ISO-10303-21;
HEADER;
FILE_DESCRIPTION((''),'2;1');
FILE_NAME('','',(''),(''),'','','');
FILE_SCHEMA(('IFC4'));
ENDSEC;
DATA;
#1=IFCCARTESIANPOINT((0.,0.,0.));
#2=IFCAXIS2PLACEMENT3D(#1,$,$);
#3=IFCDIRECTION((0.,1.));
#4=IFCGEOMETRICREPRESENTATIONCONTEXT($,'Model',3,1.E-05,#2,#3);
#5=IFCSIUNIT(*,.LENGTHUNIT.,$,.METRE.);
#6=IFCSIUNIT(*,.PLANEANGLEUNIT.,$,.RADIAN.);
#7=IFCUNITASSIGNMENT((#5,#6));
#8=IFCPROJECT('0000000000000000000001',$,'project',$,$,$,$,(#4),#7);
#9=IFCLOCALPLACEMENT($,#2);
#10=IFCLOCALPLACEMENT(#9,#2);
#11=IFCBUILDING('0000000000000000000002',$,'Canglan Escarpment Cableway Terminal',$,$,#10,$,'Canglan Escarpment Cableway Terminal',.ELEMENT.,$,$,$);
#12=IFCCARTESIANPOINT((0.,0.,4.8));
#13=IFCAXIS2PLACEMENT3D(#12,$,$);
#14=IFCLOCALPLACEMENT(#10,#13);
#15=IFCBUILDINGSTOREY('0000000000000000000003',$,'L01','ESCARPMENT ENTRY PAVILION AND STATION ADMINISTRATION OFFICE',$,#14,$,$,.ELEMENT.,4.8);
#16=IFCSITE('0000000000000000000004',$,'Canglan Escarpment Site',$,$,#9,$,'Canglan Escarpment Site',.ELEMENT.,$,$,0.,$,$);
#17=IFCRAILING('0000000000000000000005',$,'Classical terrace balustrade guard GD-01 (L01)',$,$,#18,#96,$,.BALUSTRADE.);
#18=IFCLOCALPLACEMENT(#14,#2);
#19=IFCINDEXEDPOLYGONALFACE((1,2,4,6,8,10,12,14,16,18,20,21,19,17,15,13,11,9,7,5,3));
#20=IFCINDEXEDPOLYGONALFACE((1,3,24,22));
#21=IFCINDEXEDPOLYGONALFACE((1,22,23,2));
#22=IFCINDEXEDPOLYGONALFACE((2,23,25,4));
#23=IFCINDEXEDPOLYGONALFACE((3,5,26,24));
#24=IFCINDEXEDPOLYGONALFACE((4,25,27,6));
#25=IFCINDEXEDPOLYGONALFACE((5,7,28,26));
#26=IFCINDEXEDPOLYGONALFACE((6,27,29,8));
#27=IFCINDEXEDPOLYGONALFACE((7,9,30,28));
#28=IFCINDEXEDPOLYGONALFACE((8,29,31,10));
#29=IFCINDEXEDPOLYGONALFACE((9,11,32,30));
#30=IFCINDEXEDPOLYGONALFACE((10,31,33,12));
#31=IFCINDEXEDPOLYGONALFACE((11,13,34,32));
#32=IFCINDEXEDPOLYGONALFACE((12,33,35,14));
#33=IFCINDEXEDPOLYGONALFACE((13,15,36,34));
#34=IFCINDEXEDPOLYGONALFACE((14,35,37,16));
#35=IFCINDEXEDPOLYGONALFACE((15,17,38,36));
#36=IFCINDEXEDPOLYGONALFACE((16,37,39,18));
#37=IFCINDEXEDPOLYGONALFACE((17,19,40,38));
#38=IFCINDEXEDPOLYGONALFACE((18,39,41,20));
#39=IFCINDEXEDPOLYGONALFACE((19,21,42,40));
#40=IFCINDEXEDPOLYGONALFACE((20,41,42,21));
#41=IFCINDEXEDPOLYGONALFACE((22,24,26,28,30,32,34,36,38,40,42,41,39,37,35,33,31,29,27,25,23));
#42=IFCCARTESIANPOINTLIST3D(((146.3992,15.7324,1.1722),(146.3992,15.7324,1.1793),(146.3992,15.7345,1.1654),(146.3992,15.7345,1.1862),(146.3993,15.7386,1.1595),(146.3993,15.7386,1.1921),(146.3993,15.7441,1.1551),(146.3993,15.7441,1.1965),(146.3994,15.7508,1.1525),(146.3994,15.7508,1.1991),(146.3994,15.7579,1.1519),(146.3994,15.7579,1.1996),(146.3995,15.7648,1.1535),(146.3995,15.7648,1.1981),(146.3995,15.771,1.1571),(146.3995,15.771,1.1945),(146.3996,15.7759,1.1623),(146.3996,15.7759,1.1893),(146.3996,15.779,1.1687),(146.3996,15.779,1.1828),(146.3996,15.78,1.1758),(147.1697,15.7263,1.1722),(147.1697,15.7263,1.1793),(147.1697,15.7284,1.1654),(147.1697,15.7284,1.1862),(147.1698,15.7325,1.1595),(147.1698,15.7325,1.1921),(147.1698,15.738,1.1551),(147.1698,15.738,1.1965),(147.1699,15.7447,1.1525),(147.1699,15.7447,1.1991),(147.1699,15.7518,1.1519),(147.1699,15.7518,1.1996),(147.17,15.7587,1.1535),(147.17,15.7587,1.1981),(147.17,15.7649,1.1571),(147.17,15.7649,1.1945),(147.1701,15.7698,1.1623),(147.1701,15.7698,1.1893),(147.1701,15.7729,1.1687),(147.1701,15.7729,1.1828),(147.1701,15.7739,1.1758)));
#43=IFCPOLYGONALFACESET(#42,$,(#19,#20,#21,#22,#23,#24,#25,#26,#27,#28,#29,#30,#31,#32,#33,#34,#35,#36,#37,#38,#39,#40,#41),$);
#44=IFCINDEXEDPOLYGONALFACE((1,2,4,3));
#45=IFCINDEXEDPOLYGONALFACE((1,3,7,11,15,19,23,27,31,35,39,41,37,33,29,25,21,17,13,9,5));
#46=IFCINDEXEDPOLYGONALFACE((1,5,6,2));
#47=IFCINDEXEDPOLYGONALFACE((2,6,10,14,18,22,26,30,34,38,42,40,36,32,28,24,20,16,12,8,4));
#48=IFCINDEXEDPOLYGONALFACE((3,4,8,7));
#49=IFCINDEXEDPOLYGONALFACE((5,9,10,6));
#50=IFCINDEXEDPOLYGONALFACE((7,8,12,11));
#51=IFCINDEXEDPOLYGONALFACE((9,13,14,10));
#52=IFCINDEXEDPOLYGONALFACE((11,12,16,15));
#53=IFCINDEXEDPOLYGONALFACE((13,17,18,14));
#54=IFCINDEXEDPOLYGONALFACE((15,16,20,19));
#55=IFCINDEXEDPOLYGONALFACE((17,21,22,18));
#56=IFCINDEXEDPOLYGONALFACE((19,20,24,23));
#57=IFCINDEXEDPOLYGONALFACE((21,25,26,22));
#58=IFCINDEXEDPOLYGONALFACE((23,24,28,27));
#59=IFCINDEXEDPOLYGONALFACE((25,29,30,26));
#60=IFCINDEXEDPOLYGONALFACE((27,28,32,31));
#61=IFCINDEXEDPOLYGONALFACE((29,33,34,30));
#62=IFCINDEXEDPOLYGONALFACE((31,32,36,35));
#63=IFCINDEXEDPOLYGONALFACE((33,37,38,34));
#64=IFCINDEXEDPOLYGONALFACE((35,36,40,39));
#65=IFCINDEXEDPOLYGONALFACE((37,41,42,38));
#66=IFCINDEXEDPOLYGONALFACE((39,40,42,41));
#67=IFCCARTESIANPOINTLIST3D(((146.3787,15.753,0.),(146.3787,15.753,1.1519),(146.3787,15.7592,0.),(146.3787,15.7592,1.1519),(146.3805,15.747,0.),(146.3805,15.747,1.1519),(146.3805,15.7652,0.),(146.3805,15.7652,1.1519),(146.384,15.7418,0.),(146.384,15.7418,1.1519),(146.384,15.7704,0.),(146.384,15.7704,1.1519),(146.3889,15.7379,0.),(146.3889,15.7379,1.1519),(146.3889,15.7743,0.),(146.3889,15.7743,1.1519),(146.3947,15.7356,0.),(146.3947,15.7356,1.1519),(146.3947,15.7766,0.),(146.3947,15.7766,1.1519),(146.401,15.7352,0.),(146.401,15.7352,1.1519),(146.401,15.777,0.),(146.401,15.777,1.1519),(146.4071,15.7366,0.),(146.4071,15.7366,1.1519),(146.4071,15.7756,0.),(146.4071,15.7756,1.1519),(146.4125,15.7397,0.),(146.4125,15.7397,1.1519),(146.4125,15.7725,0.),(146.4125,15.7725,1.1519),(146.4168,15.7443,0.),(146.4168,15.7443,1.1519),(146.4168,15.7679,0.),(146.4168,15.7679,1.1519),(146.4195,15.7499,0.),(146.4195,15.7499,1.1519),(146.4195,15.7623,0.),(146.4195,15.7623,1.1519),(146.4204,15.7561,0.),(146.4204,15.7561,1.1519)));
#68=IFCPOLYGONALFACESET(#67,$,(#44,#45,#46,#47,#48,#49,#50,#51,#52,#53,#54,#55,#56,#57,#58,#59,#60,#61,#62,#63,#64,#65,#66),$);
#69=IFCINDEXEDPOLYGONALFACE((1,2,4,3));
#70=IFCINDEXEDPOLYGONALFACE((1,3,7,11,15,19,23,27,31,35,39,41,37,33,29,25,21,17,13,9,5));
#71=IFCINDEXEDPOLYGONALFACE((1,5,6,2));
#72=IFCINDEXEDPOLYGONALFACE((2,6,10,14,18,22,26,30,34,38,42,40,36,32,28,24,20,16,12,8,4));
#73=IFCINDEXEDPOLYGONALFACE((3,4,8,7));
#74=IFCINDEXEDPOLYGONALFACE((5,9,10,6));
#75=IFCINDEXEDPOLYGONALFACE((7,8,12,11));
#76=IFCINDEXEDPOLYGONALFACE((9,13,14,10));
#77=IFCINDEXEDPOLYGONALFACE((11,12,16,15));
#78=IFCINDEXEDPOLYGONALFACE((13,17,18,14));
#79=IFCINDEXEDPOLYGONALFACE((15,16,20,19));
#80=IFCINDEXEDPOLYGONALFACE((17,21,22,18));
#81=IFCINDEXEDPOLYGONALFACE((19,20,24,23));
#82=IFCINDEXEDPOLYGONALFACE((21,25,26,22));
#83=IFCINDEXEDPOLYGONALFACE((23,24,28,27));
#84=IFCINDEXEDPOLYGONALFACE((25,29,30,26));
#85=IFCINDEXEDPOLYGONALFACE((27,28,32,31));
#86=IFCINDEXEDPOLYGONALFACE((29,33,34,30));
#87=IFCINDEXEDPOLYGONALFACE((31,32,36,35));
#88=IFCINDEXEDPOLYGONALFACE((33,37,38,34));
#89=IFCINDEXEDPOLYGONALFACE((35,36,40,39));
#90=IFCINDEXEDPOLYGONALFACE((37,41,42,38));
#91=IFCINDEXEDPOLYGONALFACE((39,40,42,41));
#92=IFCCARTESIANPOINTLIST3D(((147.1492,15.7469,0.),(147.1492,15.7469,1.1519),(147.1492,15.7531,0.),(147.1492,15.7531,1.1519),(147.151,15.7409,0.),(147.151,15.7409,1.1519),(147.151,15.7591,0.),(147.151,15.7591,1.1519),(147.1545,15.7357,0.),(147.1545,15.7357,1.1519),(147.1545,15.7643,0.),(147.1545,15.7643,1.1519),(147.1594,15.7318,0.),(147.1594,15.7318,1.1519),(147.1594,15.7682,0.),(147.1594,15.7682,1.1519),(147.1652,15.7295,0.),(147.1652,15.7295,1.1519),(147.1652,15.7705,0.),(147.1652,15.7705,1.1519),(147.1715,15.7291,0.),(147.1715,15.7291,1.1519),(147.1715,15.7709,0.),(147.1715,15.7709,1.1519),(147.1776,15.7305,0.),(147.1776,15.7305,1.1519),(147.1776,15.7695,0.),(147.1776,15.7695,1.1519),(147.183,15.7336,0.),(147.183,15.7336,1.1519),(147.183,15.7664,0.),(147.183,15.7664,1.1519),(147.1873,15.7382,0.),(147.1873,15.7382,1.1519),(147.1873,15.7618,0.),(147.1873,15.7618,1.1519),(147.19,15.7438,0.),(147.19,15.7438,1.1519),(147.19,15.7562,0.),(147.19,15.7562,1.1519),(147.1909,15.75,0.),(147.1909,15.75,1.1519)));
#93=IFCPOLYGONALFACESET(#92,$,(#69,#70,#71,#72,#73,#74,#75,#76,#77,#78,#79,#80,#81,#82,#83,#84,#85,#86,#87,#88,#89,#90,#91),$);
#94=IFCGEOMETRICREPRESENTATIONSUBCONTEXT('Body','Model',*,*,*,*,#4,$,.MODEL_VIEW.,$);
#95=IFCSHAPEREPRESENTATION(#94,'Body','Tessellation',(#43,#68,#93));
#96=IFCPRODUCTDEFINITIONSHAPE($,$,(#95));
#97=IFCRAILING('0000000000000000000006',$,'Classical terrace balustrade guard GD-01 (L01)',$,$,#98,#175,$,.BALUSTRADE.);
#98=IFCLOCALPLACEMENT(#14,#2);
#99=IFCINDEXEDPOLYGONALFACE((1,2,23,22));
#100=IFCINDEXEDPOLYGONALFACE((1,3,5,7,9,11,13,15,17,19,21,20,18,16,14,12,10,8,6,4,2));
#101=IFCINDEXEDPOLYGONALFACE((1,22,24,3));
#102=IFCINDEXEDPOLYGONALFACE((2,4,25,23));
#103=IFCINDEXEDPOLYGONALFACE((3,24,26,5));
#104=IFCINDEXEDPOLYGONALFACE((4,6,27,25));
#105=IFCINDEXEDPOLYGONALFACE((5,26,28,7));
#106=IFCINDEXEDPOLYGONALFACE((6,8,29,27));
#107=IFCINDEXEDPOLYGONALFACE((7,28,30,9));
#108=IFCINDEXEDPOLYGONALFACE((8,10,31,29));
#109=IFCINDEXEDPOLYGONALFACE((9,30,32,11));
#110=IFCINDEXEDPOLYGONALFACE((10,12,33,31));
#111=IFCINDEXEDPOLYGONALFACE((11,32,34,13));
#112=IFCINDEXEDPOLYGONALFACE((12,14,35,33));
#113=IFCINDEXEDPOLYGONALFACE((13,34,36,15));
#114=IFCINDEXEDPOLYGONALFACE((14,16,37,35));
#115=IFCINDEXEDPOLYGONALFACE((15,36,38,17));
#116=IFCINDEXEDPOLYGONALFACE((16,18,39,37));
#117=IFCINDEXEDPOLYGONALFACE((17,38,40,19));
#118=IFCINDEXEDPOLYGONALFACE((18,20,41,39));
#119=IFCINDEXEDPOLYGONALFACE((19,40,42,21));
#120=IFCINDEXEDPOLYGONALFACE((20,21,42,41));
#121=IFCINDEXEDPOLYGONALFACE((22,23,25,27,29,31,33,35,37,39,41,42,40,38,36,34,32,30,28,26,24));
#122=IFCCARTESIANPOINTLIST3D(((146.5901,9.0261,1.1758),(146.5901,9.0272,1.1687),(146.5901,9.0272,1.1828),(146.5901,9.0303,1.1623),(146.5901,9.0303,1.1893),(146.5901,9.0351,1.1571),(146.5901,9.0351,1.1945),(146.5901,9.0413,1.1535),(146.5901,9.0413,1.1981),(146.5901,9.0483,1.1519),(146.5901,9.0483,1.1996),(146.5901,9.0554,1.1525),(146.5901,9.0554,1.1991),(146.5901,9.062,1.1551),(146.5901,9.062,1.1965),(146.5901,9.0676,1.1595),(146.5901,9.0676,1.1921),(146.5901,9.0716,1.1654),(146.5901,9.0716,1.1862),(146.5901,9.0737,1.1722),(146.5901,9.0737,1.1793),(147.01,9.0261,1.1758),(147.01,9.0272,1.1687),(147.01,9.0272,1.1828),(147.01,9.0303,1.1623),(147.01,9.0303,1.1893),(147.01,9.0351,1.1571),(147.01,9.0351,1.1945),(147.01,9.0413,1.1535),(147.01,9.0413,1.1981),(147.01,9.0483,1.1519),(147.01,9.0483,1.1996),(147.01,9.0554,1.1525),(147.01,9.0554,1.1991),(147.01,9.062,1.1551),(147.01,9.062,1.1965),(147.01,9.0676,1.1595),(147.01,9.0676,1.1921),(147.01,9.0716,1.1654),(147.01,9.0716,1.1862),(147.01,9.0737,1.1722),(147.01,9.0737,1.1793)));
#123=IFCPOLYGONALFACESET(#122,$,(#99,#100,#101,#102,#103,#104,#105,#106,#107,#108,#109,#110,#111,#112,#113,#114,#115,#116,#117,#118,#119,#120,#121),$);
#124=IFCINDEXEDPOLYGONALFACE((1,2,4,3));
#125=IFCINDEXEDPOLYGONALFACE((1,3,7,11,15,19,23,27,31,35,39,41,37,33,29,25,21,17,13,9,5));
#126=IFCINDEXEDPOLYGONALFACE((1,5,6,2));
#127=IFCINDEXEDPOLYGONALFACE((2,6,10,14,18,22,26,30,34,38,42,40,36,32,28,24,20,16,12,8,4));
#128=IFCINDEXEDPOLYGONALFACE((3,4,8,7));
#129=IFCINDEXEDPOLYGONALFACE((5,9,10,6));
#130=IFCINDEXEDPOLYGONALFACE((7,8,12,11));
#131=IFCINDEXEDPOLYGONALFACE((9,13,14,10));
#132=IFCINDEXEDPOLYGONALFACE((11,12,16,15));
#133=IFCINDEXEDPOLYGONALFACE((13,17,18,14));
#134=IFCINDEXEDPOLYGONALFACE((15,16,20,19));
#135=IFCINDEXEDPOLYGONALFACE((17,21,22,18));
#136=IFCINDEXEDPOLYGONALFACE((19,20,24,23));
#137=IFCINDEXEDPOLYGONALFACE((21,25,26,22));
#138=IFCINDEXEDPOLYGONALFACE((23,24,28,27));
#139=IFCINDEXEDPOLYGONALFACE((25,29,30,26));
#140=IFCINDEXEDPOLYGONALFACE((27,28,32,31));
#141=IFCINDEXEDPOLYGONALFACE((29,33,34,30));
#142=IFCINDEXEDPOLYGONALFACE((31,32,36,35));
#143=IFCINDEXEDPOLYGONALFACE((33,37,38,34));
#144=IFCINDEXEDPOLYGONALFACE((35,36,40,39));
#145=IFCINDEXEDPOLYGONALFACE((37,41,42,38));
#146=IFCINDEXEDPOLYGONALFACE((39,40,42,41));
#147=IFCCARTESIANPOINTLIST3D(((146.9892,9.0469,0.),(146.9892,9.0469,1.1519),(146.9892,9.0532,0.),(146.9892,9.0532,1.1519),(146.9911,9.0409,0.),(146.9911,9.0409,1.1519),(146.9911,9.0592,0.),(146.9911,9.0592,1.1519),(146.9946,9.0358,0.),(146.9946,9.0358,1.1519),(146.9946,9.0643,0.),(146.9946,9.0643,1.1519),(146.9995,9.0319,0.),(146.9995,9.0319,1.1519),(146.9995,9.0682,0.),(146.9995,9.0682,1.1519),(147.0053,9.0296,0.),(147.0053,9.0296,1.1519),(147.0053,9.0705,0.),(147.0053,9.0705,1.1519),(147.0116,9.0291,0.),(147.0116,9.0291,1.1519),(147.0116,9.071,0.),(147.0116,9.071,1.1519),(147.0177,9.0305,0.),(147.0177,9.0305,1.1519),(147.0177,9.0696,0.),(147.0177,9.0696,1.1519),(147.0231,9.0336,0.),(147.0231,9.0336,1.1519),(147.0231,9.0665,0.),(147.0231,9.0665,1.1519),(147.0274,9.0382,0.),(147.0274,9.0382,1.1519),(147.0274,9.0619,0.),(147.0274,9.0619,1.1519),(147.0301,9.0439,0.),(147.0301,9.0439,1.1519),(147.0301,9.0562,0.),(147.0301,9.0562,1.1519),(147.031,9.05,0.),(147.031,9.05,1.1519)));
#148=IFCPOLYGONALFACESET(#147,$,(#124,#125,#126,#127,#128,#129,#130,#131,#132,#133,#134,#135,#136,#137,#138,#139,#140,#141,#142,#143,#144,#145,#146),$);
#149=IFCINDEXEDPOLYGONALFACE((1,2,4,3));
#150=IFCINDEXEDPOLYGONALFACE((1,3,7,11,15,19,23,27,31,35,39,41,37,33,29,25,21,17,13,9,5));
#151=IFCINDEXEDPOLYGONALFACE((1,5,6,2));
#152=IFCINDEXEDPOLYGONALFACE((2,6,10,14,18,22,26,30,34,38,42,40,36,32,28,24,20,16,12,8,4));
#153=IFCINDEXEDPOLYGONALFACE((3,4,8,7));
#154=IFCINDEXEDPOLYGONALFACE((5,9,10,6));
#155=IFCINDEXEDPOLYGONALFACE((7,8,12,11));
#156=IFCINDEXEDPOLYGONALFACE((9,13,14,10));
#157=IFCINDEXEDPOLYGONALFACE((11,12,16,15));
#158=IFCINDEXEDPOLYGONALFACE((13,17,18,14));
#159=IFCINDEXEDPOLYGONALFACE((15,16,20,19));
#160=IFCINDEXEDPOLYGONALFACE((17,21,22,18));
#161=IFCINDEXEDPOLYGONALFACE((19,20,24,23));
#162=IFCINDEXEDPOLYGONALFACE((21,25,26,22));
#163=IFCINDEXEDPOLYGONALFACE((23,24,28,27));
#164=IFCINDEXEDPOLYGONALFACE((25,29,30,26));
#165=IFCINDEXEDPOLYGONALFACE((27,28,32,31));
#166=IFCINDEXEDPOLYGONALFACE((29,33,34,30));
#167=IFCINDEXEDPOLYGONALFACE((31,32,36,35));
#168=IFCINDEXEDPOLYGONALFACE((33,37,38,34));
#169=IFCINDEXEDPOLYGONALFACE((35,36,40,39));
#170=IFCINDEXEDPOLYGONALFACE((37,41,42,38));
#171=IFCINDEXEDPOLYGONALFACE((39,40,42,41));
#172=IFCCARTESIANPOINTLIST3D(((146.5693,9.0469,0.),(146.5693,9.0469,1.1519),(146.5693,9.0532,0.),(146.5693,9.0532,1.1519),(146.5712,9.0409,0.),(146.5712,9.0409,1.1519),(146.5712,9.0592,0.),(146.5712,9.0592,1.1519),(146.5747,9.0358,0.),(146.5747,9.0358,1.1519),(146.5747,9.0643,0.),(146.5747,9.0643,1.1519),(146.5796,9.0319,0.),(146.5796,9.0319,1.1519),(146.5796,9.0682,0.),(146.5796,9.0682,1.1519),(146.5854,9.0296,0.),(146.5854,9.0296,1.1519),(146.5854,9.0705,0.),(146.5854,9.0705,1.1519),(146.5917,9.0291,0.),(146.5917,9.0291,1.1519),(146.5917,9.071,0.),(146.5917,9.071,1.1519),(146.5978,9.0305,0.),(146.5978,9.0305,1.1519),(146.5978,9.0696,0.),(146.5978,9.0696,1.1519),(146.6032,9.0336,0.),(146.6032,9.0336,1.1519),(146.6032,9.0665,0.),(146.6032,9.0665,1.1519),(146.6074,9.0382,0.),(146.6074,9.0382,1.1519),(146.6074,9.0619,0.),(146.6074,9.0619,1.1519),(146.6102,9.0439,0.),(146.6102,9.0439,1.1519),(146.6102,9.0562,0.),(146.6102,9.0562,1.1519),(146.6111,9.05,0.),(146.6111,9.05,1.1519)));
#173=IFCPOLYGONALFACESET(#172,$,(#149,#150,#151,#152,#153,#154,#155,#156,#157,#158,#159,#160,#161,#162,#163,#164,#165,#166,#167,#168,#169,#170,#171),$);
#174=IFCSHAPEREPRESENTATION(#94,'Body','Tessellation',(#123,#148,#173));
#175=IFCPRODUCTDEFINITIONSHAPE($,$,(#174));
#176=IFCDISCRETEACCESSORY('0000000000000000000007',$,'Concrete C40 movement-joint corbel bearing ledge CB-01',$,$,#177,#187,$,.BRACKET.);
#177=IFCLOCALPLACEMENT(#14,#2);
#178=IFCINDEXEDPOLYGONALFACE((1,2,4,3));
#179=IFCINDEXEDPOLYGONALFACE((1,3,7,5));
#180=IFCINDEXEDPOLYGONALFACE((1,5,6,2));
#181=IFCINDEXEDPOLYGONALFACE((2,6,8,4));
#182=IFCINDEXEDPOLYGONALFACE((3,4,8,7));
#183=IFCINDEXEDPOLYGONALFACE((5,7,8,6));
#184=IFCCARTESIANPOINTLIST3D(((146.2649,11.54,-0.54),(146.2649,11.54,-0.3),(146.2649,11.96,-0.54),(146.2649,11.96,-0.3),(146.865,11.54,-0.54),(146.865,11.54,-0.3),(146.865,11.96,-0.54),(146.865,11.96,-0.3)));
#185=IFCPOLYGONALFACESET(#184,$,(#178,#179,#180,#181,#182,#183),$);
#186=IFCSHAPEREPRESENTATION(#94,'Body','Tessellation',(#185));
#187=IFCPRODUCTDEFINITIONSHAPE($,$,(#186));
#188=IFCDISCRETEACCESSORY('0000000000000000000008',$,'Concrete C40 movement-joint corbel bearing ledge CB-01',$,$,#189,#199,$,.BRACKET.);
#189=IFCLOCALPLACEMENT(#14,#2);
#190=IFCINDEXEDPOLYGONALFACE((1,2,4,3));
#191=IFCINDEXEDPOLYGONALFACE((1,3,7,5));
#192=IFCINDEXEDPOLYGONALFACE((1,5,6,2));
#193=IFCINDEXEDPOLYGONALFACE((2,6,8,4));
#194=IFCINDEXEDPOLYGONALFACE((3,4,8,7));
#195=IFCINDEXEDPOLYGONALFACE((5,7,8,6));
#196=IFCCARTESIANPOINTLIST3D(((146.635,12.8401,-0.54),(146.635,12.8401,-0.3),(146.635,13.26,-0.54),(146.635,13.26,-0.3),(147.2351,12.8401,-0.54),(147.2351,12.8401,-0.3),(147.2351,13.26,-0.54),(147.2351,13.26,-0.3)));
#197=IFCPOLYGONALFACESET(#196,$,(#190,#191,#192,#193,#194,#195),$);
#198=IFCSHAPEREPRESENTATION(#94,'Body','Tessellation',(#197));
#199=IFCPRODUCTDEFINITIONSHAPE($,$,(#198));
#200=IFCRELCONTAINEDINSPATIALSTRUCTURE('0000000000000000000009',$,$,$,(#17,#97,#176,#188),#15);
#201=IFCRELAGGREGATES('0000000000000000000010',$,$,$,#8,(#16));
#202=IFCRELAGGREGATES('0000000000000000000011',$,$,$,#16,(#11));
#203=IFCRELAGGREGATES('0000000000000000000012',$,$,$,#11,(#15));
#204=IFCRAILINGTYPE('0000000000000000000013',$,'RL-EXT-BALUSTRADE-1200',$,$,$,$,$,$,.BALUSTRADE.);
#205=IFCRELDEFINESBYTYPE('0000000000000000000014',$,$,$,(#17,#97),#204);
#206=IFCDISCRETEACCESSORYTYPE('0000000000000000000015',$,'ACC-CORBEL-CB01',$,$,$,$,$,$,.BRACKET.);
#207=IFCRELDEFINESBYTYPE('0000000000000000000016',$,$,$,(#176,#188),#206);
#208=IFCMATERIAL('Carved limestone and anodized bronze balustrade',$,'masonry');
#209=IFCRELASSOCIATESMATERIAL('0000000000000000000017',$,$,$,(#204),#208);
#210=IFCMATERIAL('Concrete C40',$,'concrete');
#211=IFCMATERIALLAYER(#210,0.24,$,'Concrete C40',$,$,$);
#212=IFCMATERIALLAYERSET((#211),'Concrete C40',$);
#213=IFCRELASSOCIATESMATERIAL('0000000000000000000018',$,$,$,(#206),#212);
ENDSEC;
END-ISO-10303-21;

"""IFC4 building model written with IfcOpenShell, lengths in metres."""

from ifc_helpers import new_model, si_unit, direction, frame, origin, origin_2d, place, context, subcontext, project, spatial, rectangle, circle, extrude, material, layer, layer_set, type_object, element, save


model = new_model("IFC4")

# Units and contexts
model_context = context("Model", 3, precision=1e-05, world=origin(), true_north=direction((0.0, 1.0)))
body_context = subcontext(model_context, "Body", "Model", "MODEL_VIEW")
ifc_project = project(units=[si_unit("LENGTHUNIT", "METRE"), si_unit("PLANEANGLEUNIT", "RADIAN")], contexts=[model_context])

# Site, building, storey
site_placement = place(None, origin())
site = spatial("IfcSite", under=ifc_project, at=site_placement, Name="Canglan Escarpment Site", LongName="Canglan Escarpment Site", CompositionType="ELEMENT", RefElevation=0.0)
building_placement = place(site_placement, origin())
building = spatial("IfcBuilding", under=site, at=building_placement, Name="Canglan Escarpment Cableway Terminal", LongName="Canglan Escarpment Cableway Terminal", CompositionType="ELEMENT")
storey_placement = place(building_placement, frame((0.0, 0.0, 4.8)))
storey = spatial("IfcBuildingStorey", under=building, at=storey_placement, Name="L01", Description="ESCARPMENT ENTRY PAVILION AND STATION ADMINISTRATION OFFICE", CompositionType="ELEMENT", Elevation=4.8)

# Shared definitions
ifc_material_1 = material(Name="Concrete C40", Category="concrete")

# Railings
ifc_material_2 = material(Name="Carved limestone and anodized bronze balustrade", Category="masonry")
railing_type = type_object("IfcRailingType", Name="RL-EXT-BALUSTRADE-1200", PredefinedType="BALUSTRADE", material=ifc_material_2)
railing_1_placement = place(storey_placement, frame((146.3994, 15.7561, 0.0)))
element("IfcRailing", 1, at=railing_1_placement, inside=storey, type_object=railing_type, Name="Classical terrace balustrade guard GD-01 (L01)", PredefinedType="BALUSTRADE", context=body_context, shape_type="SweptSolid", body=[
    extrude(circle(Radius=0.0239, at=origin_2d()), frame((0.0, 0.0, 1.1758), z_axis=(0.999969, -0.007921, 0.0), x_axis=(0.007921, 0.999969, 0.0)), (0.0, 0.0, 1.0), 0.7705),
    extrude(circle(Radius=0.021, at=origin_2d()), origin(), (0.0, 0.0, 1.0), 1.1519),
    extrude(circle(Radius=0.021, at=origin_2d()), frame((0.7705, -0.0061, 0.0)), (0.0, 0.0, 1.0), 1.1519),
])
railing_2_placement = place(storey_placement, frame((147.01, 9.05, 0.0)))
element("IfcRailing", 2, at=railing_2_placement, inside=storey, type_object=railing_type, Name="Classical terrace balustrade guard GD-01 (L01)", PredefinedType="BALUSTRADE", context=body_context, shape_type="SweptSolid", body=[
    extrude(circle(Radius=0.0239, at=origin_2d()), frame((0.0, 0.0, 1.1758), z_axis=(-1.0, 0.0, 0.0), x_axis=(0.0, -1.0, 0.0)), (0.0, 0.0, 1.0), 0.4199),
    extrude(circle(Radius=0.021, at=origin_2d()), origin(), (0.0, 0.0, 1.0), 1.1519),
    extrude(circle(Radius=0.021, at=origin_2d()), frame((-0.4199, 0.0, 0.0)), (0.0, 0.0, 1.0), 1.1519),
])

# Discrete accessories
ifc_layer_1 = layer(ifc_material_1, 0.24, Name="Concrete C40")
ifc_layer_set_1 = layer_set([ifc_layer_1], Name="Concrete C40")
discrete_accessory_type_1 = type_object("IfcDiscreteAccessoryType", Name="ACC-CORBEL-CB01", PredefinedType="BRACKET", material=ifc_layer_set_1)
for number, where, z_axis, x_axis, name in (
    (3, (146.5649, 11.75, -0.54), (0.0, 0.0, 1.0), (1.0, 0.0, 0.0), "Concrete C40 movement-joint corbel bearing ledge CB-01"),
    (4, (146.9351, 13.05, -0.54), (0.0, 0.0, 1.0), (1.0, 0.0, 0.0), "Concrete C40 movement-joint corbel bearing ledge CB-01"),
):
    element("IfcDiscreteAccessory", number, at=place(storey_placement, frame(where, z_axis=z_axis, x_axis=x_axis)), inside=storey, type_object=discrete_accessory_type_1, Name=name, PredefinedType="BRACKET", context=body_context, shape_type="SweptSolid", body=[
        extrude(rectangle(XDim=0.6001, YDim=0.4199, at=origin_2d()), origin(), (0.0, 0.0, 1.0), 0.24),
    ])

save(model, "model.ifc")
